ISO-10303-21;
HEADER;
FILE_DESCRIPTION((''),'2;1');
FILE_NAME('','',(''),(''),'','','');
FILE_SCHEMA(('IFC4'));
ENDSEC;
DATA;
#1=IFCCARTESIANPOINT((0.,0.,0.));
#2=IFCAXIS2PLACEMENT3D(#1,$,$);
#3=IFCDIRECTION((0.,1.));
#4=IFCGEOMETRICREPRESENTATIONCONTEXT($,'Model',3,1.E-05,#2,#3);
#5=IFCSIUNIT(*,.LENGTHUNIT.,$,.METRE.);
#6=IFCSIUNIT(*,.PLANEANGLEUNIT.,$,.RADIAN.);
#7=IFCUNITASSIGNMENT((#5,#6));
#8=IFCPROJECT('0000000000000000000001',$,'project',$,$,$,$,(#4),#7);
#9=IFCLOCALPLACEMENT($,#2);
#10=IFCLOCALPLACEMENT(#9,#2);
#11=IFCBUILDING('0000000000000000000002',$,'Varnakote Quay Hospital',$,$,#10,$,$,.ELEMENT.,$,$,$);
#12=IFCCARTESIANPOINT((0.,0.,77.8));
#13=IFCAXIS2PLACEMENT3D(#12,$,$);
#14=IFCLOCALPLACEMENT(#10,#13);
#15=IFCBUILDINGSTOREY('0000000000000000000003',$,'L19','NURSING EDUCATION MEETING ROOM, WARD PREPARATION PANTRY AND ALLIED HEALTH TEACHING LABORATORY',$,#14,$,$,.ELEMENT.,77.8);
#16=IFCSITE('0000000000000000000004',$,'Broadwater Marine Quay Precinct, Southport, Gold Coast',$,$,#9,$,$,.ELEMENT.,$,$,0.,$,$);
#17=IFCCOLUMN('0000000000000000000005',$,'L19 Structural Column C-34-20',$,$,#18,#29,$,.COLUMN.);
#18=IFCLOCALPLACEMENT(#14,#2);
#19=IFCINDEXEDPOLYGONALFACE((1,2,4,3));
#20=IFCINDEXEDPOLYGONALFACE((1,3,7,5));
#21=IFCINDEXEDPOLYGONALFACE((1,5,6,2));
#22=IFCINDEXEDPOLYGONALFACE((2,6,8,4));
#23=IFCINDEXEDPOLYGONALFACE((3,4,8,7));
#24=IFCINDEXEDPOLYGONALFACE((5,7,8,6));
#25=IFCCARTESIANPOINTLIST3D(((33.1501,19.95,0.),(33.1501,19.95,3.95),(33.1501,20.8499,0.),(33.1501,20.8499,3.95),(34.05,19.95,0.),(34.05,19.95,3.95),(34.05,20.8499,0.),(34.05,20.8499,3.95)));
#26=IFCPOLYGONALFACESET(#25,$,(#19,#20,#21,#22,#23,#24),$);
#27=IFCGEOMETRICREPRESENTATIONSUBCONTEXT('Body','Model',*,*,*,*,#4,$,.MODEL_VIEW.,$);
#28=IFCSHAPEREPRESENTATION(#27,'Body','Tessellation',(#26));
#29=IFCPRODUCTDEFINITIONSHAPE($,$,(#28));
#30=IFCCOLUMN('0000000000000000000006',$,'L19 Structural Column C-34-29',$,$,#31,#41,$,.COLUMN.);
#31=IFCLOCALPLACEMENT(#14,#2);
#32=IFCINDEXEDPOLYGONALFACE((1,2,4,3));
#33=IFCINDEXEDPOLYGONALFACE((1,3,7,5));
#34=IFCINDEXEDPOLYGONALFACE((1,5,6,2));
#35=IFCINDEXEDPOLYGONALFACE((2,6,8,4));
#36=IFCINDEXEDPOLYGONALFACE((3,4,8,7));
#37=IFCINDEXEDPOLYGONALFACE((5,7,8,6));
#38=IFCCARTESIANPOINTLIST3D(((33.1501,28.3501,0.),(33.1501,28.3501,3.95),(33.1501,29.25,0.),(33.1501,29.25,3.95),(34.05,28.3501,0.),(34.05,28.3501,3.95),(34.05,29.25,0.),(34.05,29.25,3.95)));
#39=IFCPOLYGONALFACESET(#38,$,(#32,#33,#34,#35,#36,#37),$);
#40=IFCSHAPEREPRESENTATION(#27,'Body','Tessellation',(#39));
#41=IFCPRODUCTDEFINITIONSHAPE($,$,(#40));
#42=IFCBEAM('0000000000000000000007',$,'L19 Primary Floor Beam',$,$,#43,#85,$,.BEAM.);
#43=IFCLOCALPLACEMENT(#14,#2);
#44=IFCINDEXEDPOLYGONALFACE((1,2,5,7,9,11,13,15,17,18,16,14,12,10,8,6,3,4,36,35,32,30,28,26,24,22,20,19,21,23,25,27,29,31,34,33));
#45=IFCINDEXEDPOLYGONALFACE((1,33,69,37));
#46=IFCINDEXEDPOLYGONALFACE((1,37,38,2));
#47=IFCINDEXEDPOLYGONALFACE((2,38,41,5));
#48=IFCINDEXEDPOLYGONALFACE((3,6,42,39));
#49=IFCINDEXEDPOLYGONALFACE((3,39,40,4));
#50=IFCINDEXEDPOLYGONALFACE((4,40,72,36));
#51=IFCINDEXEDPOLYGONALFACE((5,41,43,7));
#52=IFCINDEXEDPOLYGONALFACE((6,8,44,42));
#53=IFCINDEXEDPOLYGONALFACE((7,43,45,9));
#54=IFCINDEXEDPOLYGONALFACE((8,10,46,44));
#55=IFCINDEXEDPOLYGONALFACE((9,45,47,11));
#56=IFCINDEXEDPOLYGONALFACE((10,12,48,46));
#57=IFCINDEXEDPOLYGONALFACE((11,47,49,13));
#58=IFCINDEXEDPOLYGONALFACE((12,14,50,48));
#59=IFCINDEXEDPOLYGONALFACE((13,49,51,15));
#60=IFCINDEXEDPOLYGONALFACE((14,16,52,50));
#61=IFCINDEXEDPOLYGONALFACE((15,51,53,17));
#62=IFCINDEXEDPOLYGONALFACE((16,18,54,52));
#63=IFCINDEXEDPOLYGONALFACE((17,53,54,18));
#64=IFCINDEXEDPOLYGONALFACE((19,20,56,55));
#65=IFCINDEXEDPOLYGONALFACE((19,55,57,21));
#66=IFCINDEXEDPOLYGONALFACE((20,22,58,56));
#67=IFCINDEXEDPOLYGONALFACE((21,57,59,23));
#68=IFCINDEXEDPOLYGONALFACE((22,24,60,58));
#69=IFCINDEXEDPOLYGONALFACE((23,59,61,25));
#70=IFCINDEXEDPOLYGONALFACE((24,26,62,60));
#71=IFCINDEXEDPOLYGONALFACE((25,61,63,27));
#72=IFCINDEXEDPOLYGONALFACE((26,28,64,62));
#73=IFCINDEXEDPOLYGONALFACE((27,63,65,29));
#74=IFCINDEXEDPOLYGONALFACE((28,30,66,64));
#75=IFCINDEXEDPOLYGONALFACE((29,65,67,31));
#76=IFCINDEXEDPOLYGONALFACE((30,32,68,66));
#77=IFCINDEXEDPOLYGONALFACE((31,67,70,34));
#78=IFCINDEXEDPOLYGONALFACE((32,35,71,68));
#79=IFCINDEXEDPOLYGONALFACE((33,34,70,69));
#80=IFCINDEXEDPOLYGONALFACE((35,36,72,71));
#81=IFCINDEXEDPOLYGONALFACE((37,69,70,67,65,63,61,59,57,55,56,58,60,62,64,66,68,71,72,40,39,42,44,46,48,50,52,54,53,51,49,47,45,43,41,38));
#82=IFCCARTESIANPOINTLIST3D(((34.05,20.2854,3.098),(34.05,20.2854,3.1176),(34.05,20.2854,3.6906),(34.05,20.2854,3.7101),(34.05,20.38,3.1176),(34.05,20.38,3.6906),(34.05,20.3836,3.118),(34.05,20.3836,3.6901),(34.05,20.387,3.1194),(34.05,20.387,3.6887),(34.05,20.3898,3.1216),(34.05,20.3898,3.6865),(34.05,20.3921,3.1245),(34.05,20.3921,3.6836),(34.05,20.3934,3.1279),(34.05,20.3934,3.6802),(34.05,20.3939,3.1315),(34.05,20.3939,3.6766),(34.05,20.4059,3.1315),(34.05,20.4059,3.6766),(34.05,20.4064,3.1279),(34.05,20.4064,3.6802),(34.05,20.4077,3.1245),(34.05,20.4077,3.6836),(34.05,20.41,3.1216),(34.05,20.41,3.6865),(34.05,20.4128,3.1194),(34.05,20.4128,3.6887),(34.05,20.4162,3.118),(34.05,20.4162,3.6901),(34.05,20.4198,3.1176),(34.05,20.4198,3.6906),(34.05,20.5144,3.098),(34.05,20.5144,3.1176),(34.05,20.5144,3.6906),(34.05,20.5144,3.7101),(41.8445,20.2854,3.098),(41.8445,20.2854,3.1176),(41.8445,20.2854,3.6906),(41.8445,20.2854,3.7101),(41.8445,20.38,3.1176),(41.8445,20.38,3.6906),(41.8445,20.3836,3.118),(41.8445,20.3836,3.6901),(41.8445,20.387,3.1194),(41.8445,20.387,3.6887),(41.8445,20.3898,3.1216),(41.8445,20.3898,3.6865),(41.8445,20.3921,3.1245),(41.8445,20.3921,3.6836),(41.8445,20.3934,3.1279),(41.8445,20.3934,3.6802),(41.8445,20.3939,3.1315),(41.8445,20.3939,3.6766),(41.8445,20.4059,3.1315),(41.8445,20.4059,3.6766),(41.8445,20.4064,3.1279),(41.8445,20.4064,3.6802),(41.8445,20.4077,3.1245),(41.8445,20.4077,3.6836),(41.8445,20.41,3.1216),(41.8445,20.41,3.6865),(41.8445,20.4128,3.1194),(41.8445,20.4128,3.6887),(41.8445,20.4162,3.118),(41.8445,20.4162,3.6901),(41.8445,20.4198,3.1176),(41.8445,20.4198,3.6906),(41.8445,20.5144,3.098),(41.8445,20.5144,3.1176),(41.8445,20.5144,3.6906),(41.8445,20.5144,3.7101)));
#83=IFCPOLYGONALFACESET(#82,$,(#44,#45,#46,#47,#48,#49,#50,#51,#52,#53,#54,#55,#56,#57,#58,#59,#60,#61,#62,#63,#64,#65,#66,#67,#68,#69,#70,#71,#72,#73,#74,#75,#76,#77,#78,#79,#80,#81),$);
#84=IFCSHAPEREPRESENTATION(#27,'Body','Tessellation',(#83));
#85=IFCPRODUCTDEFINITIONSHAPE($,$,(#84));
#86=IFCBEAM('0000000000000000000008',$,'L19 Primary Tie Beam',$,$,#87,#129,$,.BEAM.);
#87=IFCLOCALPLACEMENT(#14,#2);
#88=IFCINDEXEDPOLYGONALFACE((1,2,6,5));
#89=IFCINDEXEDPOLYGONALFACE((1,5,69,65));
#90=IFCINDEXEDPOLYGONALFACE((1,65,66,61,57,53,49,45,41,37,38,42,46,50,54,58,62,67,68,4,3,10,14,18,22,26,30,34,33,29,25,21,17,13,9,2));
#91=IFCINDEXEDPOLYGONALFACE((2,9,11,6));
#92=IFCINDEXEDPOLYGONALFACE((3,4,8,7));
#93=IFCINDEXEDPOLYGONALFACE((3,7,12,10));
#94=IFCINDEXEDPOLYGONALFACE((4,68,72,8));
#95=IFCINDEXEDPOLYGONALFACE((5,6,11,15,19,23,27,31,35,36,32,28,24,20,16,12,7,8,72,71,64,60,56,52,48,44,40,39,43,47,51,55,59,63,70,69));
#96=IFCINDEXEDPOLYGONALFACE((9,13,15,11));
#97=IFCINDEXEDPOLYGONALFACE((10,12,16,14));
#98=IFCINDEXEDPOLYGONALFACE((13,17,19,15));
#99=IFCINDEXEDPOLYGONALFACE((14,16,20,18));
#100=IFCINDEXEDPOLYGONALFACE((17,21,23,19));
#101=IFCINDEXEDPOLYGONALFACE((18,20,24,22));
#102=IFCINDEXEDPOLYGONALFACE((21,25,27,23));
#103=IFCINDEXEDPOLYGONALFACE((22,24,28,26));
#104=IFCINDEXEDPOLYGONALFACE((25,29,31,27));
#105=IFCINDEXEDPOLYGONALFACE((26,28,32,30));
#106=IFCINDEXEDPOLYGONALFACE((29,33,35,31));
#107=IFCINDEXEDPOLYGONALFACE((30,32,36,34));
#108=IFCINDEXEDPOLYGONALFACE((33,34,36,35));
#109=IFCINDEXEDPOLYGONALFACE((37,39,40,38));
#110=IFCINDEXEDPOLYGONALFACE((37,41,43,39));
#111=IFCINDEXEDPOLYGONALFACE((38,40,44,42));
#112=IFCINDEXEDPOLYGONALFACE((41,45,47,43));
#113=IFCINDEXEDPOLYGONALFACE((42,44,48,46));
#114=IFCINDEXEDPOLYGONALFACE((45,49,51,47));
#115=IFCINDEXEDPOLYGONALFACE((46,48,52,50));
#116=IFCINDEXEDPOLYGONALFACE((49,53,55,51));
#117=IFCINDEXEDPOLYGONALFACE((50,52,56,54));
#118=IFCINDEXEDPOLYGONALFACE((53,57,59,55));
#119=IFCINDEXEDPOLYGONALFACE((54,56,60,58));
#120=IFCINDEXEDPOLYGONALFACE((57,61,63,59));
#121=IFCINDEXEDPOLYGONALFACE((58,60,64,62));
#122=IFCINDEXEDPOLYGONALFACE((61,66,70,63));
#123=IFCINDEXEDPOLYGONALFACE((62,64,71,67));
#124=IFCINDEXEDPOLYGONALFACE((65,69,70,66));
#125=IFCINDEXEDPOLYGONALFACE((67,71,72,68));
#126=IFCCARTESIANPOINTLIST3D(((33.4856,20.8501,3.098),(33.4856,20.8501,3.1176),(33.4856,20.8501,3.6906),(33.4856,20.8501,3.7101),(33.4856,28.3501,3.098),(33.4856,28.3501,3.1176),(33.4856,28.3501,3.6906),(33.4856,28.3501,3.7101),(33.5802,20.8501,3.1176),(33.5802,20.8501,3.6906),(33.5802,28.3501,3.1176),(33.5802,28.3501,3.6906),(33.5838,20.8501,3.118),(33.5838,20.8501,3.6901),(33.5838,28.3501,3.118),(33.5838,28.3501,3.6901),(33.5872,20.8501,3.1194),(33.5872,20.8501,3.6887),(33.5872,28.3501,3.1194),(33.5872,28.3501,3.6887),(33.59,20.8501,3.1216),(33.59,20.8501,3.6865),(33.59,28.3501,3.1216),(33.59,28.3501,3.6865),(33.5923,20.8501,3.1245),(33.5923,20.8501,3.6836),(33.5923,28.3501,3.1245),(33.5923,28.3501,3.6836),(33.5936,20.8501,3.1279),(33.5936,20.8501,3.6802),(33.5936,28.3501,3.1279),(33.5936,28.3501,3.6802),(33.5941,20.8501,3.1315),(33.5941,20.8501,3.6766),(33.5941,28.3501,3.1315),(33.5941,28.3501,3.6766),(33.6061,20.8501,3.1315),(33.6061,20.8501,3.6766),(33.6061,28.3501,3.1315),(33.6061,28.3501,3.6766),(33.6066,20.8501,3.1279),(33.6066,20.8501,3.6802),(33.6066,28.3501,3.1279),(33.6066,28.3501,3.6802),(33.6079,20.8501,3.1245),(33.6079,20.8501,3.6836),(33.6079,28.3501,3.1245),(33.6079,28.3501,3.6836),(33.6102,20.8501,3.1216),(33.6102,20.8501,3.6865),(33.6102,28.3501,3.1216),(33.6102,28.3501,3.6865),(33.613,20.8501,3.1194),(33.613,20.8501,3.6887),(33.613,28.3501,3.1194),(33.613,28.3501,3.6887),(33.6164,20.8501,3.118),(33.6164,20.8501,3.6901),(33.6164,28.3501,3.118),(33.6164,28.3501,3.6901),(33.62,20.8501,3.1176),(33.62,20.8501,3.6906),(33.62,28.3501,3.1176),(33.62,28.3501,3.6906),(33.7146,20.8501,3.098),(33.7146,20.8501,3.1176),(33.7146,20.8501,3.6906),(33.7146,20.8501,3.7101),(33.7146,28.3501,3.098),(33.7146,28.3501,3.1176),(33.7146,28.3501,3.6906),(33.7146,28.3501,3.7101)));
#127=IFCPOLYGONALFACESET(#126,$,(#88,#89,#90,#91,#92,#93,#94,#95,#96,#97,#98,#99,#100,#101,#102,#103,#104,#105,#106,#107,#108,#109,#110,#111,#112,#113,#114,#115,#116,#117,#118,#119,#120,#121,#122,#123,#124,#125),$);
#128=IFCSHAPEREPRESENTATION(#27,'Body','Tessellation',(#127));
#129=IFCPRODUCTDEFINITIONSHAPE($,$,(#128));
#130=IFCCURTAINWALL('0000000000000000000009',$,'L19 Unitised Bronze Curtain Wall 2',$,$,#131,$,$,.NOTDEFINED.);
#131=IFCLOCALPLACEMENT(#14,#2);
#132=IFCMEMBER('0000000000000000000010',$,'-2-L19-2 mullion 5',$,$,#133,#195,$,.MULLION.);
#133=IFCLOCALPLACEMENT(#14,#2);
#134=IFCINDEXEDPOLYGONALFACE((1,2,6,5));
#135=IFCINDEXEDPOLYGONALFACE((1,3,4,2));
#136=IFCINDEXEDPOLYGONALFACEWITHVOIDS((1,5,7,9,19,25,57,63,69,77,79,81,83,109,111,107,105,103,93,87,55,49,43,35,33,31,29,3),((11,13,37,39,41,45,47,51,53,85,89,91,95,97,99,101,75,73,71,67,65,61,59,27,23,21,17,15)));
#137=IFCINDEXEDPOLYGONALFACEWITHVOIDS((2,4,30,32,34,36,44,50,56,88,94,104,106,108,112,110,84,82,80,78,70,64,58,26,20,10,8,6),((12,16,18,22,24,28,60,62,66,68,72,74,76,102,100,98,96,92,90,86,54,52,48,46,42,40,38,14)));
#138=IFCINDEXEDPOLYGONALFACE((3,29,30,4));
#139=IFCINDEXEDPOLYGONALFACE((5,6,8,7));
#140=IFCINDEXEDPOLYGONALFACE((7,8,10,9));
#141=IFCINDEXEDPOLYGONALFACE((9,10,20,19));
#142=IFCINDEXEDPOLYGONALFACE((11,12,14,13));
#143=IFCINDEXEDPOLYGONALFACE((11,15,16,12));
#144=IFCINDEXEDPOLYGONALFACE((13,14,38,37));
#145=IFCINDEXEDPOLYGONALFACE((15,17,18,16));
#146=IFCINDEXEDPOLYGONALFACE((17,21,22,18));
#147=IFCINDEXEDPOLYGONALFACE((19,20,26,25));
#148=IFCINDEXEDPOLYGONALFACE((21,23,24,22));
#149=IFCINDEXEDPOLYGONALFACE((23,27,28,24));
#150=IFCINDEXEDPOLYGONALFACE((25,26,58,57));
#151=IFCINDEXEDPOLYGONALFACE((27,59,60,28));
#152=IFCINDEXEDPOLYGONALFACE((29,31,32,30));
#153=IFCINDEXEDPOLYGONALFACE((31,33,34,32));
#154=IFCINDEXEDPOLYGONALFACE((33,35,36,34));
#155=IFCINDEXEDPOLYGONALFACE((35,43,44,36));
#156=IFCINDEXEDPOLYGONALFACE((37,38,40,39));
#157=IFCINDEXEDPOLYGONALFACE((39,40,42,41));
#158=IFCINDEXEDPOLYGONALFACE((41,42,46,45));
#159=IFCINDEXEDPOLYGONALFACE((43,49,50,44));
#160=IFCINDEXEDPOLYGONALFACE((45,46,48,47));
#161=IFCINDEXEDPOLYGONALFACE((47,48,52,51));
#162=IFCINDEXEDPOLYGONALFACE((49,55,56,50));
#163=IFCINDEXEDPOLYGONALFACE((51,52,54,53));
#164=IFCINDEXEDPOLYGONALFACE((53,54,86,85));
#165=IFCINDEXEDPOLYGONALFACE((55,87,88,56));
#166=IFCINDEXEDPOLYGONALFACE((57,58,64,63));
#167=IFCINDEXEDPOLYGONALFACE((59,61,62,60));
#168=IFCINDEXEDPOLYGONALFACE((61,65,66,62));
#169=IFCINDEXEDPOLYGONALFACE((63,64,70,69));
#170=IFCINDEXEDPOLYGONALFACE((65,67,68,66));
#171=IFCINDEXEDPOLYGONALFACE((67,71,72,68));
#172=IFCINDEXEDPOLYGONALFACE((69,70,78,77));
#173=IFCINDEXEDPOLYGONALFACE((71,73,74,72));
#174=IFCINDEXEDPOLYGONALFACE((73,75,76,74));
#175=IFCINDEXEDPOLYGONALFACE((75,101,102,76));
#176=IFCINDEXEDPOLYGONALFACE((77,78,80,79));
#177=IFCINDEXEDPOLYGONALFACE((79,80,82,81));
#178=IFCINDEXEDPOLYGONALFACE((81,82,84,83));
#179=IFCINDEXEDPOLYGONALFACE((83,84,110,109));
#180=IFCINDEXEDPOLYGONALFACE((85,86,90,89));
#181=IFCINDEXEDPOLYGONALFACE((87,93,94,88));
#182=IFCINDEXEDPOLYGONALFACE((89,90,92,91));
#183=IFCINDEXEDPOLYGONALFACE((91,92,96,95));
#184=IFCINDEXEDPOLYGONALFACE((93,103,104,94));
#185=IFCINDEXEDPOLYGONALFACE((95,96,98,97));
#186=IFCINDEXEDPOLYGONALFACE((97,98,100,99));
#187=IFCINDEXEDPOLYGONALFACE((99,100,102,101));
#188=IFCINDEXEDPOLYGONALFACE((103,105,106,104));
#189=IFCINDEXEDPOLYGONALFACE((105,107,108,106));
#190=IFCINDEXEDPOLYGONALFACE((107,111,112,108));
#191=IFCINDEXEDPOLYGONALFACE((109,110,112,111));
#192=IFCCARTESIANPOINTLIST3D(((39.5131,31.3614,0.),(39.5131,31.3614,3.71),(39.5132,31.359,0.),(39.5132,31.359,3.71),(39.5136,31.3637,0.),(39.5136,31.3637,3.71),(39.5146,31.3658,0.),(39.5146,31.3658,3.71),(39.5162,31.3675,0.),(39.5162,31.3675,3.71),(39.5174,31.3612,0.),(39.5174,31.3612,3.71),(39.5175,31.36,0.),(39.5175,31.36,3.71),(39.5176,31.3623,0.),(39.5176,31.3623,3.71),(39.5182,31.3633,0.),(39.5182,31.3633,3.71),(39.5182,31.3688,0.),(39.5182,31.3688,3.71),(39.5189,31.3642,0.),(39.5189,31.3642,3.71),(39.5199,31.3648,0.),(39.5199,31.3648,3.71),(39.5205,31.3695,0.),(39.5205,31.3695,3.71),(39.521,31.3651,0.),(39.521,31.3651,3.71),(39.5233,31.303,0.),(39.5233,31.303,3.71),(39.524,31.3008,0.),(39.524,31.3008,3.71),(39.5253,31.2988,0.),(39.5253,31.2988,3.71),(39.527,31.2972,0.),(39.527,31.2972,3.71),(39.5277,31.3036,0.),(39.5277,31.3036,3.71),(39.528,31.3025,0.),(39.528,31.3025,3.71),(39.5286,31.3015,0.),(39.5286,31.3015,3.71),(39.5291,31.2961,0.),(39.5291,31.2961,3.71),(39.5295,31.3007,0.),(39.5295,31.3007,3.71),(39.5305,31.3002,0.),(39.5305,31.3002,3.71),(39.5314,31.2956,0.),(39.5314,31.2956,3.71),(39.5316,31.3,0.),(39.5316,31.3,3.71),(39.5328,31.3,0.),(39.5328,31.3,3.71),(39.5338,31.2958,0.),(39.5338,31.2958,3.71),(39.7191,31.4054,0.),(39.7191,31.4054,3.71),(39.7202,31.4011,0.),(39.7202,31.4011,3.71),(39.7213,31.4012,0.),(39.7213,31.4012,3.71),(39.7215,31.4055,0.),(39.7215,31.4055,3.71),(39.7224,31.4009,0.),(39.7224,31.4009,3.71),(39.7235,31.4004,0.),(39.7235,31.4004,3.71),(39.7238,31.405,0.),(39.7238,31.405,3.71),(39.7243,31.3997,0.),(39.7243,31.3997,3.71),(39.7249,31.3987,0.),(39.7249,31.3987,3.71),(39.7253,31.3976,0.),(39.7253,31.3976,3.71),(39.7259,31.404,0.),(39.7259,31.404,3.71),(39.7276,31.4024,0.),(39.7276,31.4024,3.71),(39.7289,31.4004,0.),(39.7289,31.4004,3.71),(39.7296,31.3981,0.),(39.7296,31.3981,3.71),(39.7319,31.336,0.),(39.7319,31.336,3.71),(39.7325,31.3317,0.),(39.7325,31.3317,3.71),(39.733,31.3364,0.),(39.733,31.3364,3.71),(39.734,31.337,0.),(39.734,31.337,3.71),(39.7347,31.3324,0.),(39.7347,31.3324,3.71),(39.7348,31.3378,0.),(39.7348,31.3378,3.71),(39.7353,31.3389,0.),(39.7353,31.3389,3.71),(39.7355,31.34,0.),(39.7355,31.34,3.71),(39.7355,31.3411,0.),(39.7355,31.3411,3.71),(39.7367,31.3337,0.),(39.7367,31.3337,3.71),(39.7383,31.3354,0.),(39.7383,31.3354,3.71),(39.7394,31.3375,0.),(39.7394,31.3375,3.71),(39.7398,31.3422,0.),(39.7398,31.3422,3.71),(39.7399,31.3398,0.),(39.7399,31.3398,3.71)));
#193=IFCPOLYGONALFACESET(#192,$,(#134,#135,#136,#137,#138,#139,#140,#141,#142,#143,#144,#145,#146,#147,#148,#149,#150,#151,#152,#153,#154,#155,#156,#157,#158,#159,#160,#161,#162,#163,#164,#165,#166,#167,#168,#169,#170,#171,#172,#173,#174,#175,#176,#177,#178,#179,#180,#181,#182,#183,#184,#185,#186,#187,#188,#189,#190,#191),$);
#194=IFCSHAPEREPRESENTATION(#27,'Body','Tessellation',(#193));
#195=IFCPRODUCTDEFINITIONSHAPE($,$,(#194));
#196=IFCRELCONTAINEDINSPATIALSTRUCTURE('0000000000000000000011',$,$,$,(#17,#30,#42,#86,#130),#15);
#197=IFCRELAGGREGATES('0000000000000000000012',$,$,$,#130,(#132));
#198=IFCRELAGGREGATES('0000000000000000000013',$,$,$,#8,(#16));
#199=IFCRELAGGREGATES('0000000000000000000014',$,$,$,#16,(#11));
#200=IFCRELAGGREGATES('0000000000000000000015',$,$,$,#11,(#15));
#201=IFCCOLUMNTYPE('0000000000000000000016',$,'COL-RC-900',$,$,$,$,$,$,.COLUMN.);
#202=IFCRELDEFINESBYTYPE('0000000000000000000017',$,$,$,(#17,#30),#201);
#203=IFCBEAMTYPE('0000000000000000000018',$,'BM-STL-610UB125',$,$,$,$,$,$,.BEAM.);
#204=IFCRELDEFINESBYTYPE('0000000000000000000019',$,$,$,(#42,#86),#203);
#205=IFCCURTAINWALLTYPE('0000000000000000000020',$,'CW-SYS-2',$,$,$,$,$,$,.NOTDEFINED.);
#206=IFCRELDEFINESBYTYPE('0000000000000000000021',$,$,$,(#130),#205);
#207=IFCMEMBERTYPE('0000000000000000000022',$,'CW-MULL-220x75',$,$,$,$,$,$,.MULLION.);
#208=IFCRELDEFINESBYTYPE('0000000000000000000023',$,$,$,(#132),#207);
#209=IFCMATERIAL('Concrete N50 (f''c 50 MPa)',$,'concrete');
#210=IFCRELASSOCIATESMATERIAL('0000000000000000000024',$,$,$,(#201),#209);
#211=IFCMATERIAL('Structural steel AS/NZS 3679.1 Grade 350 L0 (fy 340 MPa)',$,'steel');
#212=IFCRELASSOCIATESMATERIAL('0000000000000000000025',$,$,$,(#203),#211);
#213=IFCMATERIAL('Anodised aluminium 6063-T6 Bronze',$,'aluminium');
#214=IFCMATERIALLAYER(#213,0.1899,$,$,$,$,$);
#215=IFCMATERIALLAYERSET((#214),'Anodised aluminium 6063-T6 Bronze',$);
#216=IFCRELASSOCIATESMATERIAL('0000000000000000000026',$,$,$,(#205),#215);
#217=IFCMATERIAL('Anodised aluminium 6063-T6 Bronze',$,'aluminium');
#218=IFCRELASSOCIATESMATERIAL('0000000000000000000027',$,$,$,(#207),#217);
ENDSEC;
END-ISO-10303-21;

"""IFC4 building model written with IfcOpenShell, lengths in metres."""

from ifc_helpers import new_model, si_unit, direction, frame, origin, origin_2d, place, context, subcontext, project, spatial, rectangle, hollow_rectangle, i_section, extrude, material, layer, layer_set, material_profile, profile_set, type_object, element, aggregate, save


model = new_model("IFC4")

# Units and contexts
model_context = context("Model", 3, precision=1e-05, world=origin(), true_north=direction((0.0, 1.0)))
body_context = subcontext(model_context, "Body", "Model", "MODEL_VIEW")
ifc_project = project(units=[si_unit("LENGTHUNIT", "METRE"), si_unit("PLANEANGLEUNIT", "RADIAN")], contexts=[model_context])

# Site, building, storey
site_placement = place(None, origin())
site = spatial("IfcSite", under=ifc_project, at=site_placement, Name="Broadwater Marine Quay Precinct, Southport, Gold Coast", CompositionType="ELEMENT", RefElevation=0.0)
building_placement = place(site_placement, origin())
building = spatial("IfcBuilding", under=site, at=building_placement, Name="Varnakote Quay Hospital", CompositionType="ELEMENT")
storey_placement = place(building_placement, frame((0.0, 0.0, 77.8)))
storey = spatial("IfcBuildingStorey", under=building, at=storey_placement, Name="L19", Description="NURSING EDUCATION MEETING ROOM, WARD PREPARATION PANTRY AND ALLIED HEALTH TEACHING LABORATORY", CompositionType="ELEMENT", Elevation=77.8)

# Columns
ifc_material_1 = material(Name="Concrete N50 (f'c 50 MPa)", Category="concrete")
ifc_material_profile_1 = material_profile(ifc_material_1, rectangle(XDim=0.8999, YDim=0.8999, at=origin_2d()), Name="RC-COL-900x900")
ifc_profile_set_1 = profile_set([ifc_material_profile_1], Name="Concrete N50 (f'c 50 MPa)")
column_type = type_object("IfcColumnType", Name="COL-RC-900", PredefinedType="COLUMN", material=ifc_profile_set_1)
for number, where, z_axis, x_axis, name in (
    (1, (33.6001, 20.3999, 0.0), (0.0, 0.0, 1.0), (1.0, 0.0, 0.0), "L19 Structural Column C-34-20"),
    (2, (33.6001, 28.8, 0.0), (0.0, 0.0, 1.0), (1.0, 0.0, 0.0), "L19 Structural Column C-34-29"),
):
    element("IfcColumn", number, at=place(storey_placement, frame(where, z_axis=z_axis, x_axis=x_axis)), inside=storey, type_object=column_type, Name=name, PredefinedType="COLUMN", context=body_context, shape_type="SweptSolid", body=[
        extrude(rectangle(XDim=0.8999, YDim=0.8999, at=origin_2d()), origin(), (0.0, 0.0, 1.0), 3.95),
    ])

# Beams
ifc_material_2 = material(Name="Structural steel AS/NZS 3679.1 Grade 350 L0 (fy 340 MPa)", Category="steel")
ifc_material_profile_2 = material_profile(ifc_material_2, i_section(OverallWidth=0.229, OverallDepth=0.6121, WebThickness=0.012, FlangeThickness=0.0195, FilletRadius=0.0139, at=origin_2d()), Name="610UB125")
ifc_profile_set_2 = profile_set([ifc_material_profile_2], Name="Structural steel AS/NZS 3679.1 Grade 350 L0 (fy 340 MPa)")
beam_type_1 = type_object("IfcBeamType", Name="BM-STL-610UB125", PredefinedType="BEAM", material=ifc_profile_set_2)
beam_1_placement = place(storey_placement, frame((34.05, 20.3999, 3.4041), z_axis=(1.0, 0.0, 0.0), x_axis=(0.0, 1.0, 0.0)))
element("IfcBeam", 3, at=beam_1_placement, inside=storey, type_object=beam_type_1, Name="L19 Primary Floor Beam", PredefinedType="BEAM", context=body_context, shape_type="SweptSolid", body=[
    extrude(i_section(OverallWidth=0.229, OverallDepth=0.6121, WebThickness=0.012, FlangeThickness=0.0195, FilletRadius=0.0139, at=origin_2d()), origin(), (0.0, 0.0, 1.0), 7.7944),
])
beam_2_placement = place(storey_placement, frame((33.6001, 20.8501, 3.4041), z_axis=(0.0, 1.0, 0.0), x_axis=(-1.0, 0.0, 0.0)))
element("IfcBeam", 4, at=beam_2_placement, inside=storey, type_object=beam_type_1, Name="L19 Primary Tie Beam", PredefinedType="BEAM", context=body_context, shape_type="SweptSolid", body=[
    extrude(i_section(OverallWidth=0.229, OverallDepth=0.6121, WebThickness=0.012, FlangeThickness=0.0195, FilletRadius=0.0139, at=origin_2d()), origin(), (0.0, 0.0, 1.0), 7.5),
])

# Curtain wall, member
ifc_material_3 = material(Name="Anodised aluminium 6063-T6 Bronze", Category="aluminium")
ifc_layer_1 = layer(ifc_material_3, 0.1899)
ifc_layer_set_1 = layer_set([ifc_layer_1], Name="Anodised aluminium 6063-T6 Bronze")
curtain_wall_type = type_object("IfcCurtainWallType", Name="CW-SYS-2", PredefinedType="NOTDEFINED", material=ifc_layer_set_1)
curtain_wall_placement = place(storey_placement, origin())
curtain_wall = element("IfcCurtainWall", 5, at=curtain_wall_placement, inside=storey, type_object=curtain_wall_type, Name="L19 Unitised Bronze Curtain Wall 2", PredefinedType="NOTDEFINED")
ifc_material_4 = material(Name="Anodised aluminium 6063-T6 Bronze", Category="aluminium")
ifc_material_profile_3 = material_profile(ifc_material_4, hollow_rectangle(XDim=0.075, YDim=0.22, WallThickness=0.0044, InnerFilletRadius=0.0044, OuterFilletRadius=0.009, at=origin_2d()), Name="CW-MULL-220x75")
ifc_profile_set_3 = profile_set([ifc_material_profile_3], Name="Anodised aluminium 6063-T6 Bronze")
member_type = type_object("IfcMemberType", Name="CW-MULL-220x75", PredefinedType="MULLION", material=ifc_profile_set_3)
member_placement = place(storey_placement, frame((39.6265, 31.3506, 0.0), z_axis=(0.0, 0.0, 1.0), x_axis=(0.177846, -0.984058, 0.0)))
member = element("IfcMember", 6, at=member_placement, type_object=member_type, Name="-2-L19-2 mullion 5", PredefinedType="MULLION", context=body_context, shape_type="SweptSolid", body=[
    extrude(hollow_rectangle(XDim=0.075, YDim=0.22, WallThickness=0.0044, InnerFilletRadius=0.0044, OuterFilletRadius=0.009, at=origin_2d()), origin(), (0.0, 0.0, 1.0), 3.71),
])

aggregate(curtain_wall, [member])

save(model, "model.ifc")
